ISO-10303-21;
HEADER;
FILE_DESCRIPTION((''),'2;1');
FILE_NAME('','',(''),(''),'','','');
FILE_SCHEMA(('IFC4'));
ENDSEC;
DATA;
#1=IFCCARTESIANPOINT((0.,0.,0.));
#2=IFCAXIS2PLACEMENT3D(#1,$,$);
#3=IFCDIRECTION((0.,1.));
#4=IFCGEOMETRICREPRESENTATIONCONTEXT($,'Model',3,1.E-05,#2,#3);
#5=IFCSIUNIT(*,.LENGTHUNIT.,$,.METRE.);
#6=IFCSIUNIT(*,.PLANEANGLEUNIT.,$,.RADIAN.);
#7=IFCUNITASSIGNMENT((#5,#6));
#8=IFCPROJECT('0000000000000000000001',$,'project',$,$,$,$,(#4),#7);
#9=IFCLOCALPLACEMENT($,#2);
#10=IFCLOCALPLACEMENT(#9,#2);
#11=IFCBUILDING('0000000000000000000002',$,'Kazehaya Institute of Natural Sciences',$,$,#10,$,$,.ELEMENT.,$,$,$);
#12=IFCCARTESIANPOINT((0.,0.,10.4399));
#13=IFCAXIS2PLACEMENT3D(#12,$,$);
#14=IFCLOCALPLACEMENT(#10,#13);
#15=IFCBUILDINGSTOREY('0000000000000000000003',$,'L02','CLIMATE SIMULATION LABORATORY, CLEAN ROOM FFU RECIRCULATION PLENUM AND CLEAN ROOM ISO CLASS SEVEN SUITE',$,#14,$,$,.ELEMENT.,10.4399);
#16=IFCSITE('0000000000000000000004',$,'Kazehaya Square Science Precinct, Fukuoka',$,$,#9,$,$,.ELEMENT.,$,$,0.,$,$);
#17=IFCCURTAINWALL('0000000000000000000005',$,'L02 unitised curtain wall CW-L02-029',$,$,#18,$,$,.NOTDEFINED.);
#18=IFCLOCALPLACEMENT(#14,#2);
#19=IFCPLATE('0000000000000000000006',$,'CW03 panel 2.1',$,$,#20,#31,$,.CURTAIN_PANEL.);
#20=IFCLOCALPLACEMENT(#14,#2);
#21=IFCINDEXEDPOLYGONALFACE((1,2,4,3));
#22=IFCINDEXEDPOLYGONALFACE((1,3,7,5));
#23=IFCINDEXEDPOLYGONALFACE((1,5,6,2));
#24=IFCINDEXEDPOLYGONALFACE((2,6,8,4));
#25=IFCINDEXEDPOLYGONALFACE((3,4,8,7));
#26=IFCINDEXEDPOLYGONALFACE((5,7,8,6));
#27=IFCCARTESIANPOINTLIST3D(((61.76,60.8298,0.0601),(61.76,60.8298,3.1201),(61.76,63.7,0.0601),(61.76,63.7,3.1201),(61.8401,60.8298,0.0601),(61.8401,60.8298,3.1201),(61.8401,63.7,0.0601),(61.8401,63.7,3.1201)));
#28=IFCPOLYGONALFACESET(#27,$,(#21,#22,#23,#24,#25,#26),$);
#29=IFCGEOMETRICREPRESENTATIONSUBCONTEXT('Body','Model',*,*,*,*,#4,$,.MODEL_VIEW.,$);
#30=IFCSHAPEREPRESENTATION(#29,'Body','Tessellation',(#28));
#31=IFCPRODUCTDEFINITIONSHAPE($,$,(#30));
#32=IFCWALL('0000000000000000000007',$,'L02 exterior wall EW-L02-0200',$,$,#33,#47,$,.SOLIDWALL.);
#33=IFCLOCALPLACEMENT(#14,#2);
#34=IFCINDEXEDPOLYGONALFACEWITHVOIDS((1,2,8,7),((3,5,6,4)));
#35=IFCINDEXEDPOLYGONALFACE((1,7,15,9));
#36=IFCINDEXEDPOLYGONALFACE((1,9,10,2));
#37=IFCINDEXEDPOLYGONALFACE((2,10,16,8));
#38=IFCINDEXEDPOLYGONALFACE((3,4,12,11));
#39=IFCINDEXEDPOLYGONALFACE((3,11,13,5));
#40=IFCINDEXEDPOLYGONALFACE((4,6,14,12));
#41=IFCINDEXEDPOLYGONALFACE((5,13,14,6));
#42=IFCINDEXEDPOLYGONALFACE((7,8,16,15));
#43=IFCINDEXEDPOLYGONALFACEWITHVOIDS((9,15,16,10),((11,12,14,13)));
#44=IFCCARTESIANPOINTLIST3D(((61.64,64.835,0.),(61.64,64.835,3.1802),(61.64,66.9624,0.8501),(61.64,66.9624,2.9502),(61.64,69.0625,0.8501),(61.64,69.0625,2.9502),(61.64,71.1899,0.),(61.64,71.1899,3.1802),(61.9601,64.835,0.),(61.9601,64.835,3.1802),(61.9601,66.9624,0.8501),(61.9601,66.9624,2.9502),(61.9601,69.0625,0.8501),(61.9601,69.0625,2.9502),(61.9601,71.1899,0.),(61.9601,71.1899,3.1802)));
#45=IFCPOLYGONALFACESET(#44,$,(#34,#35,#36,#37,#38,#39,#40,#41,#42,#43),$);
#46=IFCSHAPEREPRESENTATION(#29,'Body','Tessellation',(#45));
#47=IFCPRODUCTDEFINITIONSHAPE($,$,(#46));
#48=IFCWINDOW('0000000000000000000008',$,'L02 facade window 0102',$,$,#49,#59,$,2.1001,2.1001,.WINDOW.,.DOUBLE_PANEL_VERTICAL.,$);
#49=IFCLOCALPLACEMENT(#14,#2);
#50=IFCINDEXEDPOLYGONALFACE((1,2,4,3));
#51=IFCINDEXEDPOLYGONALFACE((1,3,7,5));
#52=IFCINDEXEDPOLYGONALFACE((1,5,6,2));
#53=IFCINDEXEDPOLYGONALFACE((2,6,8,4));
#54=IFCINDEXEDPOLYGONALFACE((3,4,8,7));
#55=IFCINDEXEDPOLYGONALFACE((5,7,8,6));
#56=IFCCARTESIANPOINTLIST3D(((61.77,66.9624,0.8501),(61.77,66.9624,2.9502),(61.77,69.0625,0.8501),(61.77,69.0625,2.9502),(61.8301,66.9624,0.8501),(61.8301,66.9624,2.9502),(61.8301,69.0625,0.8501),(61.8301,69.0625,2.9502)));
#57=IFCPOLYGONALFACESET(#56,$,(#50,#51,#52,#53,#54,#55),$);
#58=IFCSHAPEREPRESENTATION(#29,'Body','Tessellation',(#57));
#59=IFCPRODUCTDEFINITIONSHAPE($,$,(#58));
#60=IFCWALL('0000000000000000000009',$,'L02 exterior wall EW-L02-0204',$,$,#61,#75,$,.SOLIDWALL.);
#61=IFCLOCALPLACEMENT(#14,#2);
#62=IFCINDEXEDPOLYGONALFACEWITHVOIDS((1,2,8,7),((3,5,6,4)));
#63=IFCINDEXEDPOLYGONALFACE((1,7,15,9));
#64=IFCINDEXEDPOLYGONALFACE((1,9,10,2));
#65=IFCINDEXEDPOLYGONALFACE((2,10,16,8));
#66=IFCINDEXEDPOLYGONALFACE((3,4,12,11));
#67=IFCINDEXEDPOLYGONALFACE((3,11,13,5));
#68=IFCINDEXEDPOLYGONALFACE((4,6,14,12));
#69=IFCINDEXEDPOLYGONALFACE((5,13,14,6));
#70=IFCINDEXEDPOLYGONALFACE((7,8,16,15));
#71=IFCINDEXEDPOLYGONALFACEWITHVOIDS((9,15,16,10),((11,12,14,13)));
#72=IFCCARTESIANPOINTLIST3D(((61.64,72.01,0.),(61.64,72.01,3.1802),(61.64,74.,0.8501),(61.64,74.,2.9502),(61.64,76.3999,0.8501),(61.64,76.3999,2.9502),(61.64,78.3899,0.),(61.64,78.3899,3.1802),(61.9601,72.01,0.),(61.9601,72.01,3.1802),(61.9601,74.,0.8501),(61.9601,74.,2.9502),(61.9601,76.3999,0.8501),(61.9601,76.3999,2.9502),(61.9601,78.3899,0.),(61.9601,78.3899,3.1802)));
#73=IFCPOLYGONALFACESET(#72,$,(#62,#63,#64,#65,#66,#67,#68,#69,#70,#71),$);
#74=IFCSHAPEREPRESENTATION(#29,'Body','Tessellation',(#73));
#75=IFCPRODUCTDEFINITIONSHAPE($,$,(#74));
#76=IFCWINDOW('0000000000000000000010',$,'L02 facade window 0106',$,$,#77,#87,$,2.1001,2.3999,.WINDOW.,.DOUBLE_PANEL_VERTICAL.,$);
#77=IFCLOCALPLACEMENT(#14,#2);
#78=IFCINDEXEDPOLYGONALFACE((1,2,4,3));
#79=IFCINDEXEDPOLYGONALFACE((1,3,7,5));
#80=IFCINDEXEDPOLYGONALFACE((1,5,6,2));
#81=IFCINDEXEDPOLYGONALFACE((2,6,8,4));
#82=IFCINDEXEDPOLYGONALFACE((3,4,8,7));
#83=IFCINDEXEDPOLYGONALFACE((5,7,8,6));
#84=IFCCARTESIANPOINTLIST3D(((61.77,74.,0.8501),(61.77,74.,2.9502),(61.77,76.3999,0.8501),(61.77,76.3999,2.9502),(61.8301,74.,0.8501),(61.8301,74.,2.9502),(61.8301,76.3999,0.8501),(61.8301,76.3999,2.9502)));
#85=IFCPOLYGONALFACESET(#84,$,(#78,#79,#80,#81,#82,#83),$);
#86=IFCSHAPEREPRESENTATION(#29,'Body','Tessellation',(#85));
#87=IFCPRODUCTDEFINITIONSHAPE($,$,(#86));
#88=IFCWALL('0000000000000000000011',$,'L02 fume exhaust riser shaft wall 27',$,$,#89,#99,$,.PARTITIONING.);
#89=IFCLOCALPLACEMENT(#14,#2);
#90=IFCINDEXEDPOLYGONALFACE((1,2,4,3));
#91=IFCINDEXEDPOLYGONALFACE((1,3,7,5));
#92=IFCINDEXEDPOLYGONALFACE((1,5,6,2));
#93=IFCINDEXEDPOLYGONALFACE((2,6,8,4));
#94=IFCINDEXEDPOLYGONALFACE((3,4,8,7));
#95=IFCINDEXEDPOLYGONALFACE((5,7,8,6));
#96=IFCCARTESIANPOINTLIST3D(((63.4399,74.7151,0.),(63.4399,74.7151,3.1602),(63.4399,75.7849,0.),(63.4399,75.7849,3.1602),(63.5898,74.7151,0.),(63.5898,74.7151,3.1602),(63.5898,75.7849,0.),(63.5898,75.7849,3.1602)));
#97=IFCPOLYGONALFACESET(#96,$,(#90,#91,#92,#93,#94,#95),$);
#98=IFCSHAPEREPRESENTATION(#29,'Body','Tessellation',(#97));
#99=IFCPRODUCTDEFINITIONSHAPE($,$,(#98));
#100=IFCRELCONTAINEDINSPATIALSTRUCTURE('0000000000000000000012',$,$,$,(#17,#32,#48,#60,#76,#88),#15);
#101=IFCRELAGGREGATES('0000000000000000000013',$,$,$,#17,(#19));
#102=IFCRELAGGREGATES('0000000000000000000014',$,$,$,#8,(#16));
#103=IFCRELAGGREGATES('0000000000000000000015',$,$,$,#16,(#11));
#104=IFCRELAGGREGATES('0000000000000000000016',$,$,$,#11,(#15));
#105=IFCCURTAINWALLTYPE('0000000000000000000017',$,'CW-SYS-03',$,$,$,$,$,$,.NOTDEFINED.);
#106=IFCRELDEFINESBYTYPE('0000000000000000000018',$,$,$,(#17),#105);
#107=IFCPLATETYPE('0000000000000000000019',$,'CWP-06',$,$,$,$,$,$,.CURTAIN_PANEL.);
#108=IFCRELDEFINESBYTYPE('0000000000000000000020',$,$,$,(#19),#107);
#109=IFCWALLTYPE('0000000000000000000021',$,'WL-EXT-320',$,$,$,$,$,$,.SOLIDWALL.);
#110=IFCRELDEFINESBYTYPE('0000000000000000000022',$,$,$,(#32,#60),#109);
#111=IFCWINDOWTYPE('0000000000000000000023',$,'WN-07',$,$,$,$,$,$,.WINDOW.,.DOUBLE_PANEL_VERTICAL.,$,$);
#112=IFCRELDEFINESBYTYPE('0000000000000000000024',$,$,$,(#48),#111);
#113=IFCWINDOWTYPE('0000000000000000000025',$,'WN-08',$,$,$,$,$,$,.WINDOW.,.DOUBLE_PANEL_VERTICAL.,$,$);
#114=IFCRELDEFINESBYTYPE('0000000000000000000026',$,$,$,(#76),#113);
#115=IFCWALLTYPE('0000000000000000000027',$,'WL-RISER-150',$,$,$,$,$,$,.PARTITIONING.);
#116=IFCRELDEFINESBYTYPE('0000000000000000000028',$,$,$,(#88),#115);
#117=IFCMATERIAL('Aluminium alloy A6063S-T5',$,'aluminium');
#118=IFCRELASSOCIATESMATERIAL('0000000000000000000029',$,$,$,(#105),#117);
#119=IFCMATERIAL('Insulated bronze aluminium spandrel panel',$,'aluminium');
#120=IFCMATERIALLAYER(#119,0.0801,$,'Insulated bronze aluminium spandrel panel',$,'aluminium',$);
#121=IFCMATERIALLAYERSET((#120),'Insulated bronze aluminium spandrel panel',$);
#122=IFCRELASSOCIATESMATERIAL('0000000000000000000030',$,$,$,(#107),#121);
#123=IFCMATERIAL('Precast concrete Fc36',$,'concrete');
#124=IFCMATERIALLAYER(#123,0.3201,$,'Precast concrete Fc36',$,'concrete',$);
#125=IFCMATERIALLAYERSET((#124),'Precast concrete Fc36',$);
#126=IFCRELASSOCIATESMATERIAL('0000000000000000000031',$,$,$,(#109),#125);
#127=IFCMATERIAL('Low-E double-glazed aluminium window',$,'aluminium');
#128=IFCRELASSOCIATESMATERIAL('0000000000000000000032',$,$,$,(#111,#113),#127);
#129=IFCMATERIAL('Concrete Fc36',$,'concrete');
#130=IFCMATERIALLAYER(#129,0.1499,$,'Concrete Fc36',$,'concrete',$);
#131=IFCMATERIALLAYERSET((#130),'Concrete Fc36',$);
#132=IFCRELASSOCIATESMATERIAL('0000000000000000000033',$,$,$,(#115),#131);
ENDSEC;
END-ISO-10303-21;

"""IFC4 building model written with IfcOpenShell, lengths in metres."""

from ifc_helpers import new_model, si_unit, direction, frame, frame_2d, origin, origin_2d, place, context, subcontext, project, spatial, rectangle, extrude, material, layer, layer_set, type_object, element, fill, aggregate, save


model = new_model("IFC4")

# Units and contexts
model_context = context("Model", 3, precision=1e-05, world=origin(), true_north=direction((0.0, 1.0)))
body_context = subcontext(model_context, "Body", "Model", "MODEL_VIEW")
ifc_project = project(units=[si_unit("LENGTHUNIT", "METRE"), si_unit("PLANEANGLEUNIT", "RADIAN")], contexts=[model_context])

# Site, building, storey
site_placement = place(None, origin())
site = spatial("IfcSite", under=ifc_project, at=site_placement, Name="Kazehaya Square Science Precinct, Fukuoka", CompositionType="ELEMENT", RefElevation=0.0)
building_placement = place(site_placement, origin())
building = spatial("IfcBuilding", under=site, at=building_placement, Name="Kazehaya Institute of Natural Sciences", CompositionType="ELEMENT")
storey_placement = place(building_placement, frame((0.0, 0.0, 10.4399)))
storey = spatial("IfcBuildingStorey", under=building, at=storey_placement, Name="L02", Description="CLIMATE SIMULATION LABORATORY, CLEAN ROOM FFU RECIRCULATION PLENUM AND CLEAN ROOM ISO CLASS SEVEN SUITE", CompositionType="ELEMENT", Elevation=10.4399)

# Shared definitions
ifc_material_1 = material(Name="Concrete Fc36", Category="concrete")

# Curtain wall, plate
ifc_material_2 = material(Name="Aluminium alloy A6063S-T5", Category="aluminium")
curtain_wall_type = type_object("IfcCurtainWallType", Name="CW-SYS-03", PredefinedType="NOTDEFINED", material=ifc_material_2)
curtain_wall_placement = place(storey_placement, origin())
curtain_wall = element("IfcCurtainWall", 1, at=curtain_wall_placement, inside=storey, type_object=curtain_wall_type, Name="L02 unitised curtain wall CW-L02-029", PredefinedType="NOTDEFINED")
ifc_material_3 = material(Name="Insulated bronze aluminium spandrel panel", Category="aluminium")
ifc_layer_1 = layer(ifc_material_3, 0.0801, Name="Insulated bronze aluminium spandrel panel", Category="aluminium")
ifc_layer_set_1 = layer_set([ifc_layer_1], Name="Insulated bronze aluminium spandrel panel")
plate_type = type_object("IfcPlateType", Name="CWP-06", PredefinedType="CURTAIN_PANEL", material=ifc_layer_set_1)
plate_placement = place(storey_placement, frame((61.8, 62.2649, 0.0601), z_axis=(0.0, 0.0, 1.0), x_axis=(0.0, 1.0, 0.0)))
plate = element("IfcPlate", 2, at=plate_placement, type_object=plate_type, Name="CW03 panel 2.1", PredefinedType="CURTAIN_PANEL", context=body_context, shape_type="SweptSolid", body=[
    extrude(rectangle(XDim=2.8701, YDim=0.0801, at=origin_2d()), origin(), (0.0, 0.0, 1.0), 3.0601),
])
aggregate(curtain_wall, [plate])

# Walls, openings, windows
ifc_material_4 = material(Name="Precast concrete Fc36", Category="concrete")
ifc_layer_2 = layer(ifc_material_4, 0.3201, Name="Precast concrete Fc36", Category="concrete")
ifc_layer_set_2 = layer_set([ifc_layer_2], Name="Precast concrete Fc36")
wall_type_1 = type_object("IfcWallType", Name="WL-EXT-320", PredefinedType="SOLIDWALL", material=ifc_layer_set_2)
wall_1_placement = place(storey_placement, frame((61.8, 64.835, 0.0), z_axis=(0.0, 0.0, 1.0), x_axis=(0.0, 1.0, 0.0)))
wall_1 = element("IfcWall", 3, at=wall_1_placement, inside=storey, type_object=wall_type_1, Name="L02 exterior wall EW-L02-0200", PredefinedType="SOLIDWALL", context=body_context, shape_type="SweptSolid", body=[
    extrude(rectangle(XDim=6.355, YDim=0.3201, at=frame_2d((3.1775, 0.0))), origin(), (0.0, 0.0, 1.0), 3.1802),
])
opening_1_placement = place(wall_1_placement, frame((2.1274, 0.0, 0.8501)))
opening_1 = element("IfcOpeningElement", 4, at=opening_1_placement, cuts=wall_1, PredefinedType="OPENING", context=body_context, shape_type="SweptSolid", body=[
    extrude(rectangle(XDim=2.1001, YDim=2.1001, at=frame_2d((1.05, 1.05))), frame((0.0, 0.1699, 0.0), z_axis=(0.0, -1.0, 0.0), x_axis=(1.0, 0.0, 0.0)), (0.0, 0.0, 1.0), 0.3401),
])
ifc_material_5 = material(Name="Low-E double-glazed aluminium window", Category="aluminium")
window_type_1 = type_object("IfcWindowType", Name="WN-07", PartitioningType="DOUBLE_PANEL_VERTICAL", PredefinedType="WINDOW", material=ifc_material_5)
window_1_placement = place(opening_1_placement, origin())
window_1 = element("IfcWindow", 5, at=window_1_placement, inside=storey, type_object=window_type_1, Name="L02 facade window 0102", OverallHeight=2.1001, OverallWidth=2.1001, PartitioningType="DOUBLE_PANEL_VERTICAL", PredefinedType="WINDOW", context=body_context, shape_type="SweptSolid", body=[
    extrude(rectangle(XDim=2.1001, YDim=2.1001, at=frame_2d((1.05, 1.05))), frame((0.0, 0.03, 0.0), z_axis=(0.0, -1.0, 0.0), x_axis=(1.0, 0.0, 0.0)), (0.0, 0.0, 1.0), 0.0601),
])
fill(opening_1, window_1)
wall_2_placement = place(storey_placement, frame((61.8, 72.01, 0.0), z_axis=(0.0, 0.0, 1.0), x_axis=(0.0, 1.0, 0.0)))
wall_2 = element("IfcWall", 6, at=wall_2_placement, inside=storey, type_object=wall_type_1, Name="L02 exterior wall EW-L02-0204", PredefinedType="SOLIDWALL", context=body_context, shape_type="SweptSolid", body=[
    extrude(rectangle(XDim=6.3799, YDim=0.3201, at=frame_2d((3.1899, 0.0))), origin(), (0.0, 0.0, 1.0), 3.1802),
])
opening_2_placement = place(wall_2_placement, frame((1.99, 0.0, 0.8501)))
opening_2 = element("IfcOpeningElement", 7, at=opening_2_placement, cuts=wall_2, PredefinedType="OPENING", context=body_context, shape_type="SweptSolid", body=[
    extrude(rectangle(XDim=2.3999, YDim=2.1001, at=frame_2d((1.2, 1.05))), frame((0.0, 0.1699, 0.0), z_axis=(0.0, -1.0, 0.0), x_axis=(1.0, 0.0, 0.0)), (0.0, 0.0, 1.0), 0.3401),
])
window_type_2 = type_object("IfcWindowType", Name="WN-08", PartitioningType="DOUBLE_PANEL_VERTICAL", PredefinedType="WINDOW", material=ifc_material_5)
window_2_placement = place(opening_2_placement, origin())
window_2 = element("IfcWindow", 8, at=window_2_placement, inside=storey, type_object=window_type_2, Name="L02 facade window 0106", OverallHeight=2.1001, OverallWidth=2.3999, PartitioningType="DOUBLE_PANEL_VERTICAL", PredefinedType="WINDOW", context=body_context, shape_type="SweptSolid", body=[
    extrude(rectangle(XDim=2.3999, YDim=2.1001, at=frame_2d((1.2, 1.05))), frame((0.0, 0.03, 0.0), z_axis=(0.0, -1.0, 0.0), x_axis=(1.0, 0.0, 0.0)), (0.0, 0.0, 1.0), 0.0601),
])
fill(opening_2, window_2)

# Wall
ifc_layer_3 = layer(ifc_material_1, 0.1499, Name="Concrete Fc36", Category="concrete")
ifc_layer_set_3 = layer_set([ifc_layer_3], Name="Concrete Fc36")
wall_type_2 = type_object("IfcWallType", Name="WL-RISER-150", PredefinedType="PARTITIONING", material=ifc_layer_set_3)
wall_3_placement = place(storey_placement, frame((63.5149, 74.7151, 0.0), z_axis=(0.0, 0.0, 1.0), x_axis=(0.0, 1.0, 0.0)))
element("IfcWall", 9, at=wall_3_placement, inside=storey, type_object=wall_type_2, Name="L02 fume exhaust riser shaft wall 27", PredefinedType="PARTITIONING", context=body_context, shape_type="SweptSolid", body=[
    extrude(rectangle(XDim=1.0698, YDim=0.1499, at=frame_2d((0.5349, 0.0))), origin(), (0.0, 0.0, 1.0), 3.1602),
])

save(model, "model.ifc")
